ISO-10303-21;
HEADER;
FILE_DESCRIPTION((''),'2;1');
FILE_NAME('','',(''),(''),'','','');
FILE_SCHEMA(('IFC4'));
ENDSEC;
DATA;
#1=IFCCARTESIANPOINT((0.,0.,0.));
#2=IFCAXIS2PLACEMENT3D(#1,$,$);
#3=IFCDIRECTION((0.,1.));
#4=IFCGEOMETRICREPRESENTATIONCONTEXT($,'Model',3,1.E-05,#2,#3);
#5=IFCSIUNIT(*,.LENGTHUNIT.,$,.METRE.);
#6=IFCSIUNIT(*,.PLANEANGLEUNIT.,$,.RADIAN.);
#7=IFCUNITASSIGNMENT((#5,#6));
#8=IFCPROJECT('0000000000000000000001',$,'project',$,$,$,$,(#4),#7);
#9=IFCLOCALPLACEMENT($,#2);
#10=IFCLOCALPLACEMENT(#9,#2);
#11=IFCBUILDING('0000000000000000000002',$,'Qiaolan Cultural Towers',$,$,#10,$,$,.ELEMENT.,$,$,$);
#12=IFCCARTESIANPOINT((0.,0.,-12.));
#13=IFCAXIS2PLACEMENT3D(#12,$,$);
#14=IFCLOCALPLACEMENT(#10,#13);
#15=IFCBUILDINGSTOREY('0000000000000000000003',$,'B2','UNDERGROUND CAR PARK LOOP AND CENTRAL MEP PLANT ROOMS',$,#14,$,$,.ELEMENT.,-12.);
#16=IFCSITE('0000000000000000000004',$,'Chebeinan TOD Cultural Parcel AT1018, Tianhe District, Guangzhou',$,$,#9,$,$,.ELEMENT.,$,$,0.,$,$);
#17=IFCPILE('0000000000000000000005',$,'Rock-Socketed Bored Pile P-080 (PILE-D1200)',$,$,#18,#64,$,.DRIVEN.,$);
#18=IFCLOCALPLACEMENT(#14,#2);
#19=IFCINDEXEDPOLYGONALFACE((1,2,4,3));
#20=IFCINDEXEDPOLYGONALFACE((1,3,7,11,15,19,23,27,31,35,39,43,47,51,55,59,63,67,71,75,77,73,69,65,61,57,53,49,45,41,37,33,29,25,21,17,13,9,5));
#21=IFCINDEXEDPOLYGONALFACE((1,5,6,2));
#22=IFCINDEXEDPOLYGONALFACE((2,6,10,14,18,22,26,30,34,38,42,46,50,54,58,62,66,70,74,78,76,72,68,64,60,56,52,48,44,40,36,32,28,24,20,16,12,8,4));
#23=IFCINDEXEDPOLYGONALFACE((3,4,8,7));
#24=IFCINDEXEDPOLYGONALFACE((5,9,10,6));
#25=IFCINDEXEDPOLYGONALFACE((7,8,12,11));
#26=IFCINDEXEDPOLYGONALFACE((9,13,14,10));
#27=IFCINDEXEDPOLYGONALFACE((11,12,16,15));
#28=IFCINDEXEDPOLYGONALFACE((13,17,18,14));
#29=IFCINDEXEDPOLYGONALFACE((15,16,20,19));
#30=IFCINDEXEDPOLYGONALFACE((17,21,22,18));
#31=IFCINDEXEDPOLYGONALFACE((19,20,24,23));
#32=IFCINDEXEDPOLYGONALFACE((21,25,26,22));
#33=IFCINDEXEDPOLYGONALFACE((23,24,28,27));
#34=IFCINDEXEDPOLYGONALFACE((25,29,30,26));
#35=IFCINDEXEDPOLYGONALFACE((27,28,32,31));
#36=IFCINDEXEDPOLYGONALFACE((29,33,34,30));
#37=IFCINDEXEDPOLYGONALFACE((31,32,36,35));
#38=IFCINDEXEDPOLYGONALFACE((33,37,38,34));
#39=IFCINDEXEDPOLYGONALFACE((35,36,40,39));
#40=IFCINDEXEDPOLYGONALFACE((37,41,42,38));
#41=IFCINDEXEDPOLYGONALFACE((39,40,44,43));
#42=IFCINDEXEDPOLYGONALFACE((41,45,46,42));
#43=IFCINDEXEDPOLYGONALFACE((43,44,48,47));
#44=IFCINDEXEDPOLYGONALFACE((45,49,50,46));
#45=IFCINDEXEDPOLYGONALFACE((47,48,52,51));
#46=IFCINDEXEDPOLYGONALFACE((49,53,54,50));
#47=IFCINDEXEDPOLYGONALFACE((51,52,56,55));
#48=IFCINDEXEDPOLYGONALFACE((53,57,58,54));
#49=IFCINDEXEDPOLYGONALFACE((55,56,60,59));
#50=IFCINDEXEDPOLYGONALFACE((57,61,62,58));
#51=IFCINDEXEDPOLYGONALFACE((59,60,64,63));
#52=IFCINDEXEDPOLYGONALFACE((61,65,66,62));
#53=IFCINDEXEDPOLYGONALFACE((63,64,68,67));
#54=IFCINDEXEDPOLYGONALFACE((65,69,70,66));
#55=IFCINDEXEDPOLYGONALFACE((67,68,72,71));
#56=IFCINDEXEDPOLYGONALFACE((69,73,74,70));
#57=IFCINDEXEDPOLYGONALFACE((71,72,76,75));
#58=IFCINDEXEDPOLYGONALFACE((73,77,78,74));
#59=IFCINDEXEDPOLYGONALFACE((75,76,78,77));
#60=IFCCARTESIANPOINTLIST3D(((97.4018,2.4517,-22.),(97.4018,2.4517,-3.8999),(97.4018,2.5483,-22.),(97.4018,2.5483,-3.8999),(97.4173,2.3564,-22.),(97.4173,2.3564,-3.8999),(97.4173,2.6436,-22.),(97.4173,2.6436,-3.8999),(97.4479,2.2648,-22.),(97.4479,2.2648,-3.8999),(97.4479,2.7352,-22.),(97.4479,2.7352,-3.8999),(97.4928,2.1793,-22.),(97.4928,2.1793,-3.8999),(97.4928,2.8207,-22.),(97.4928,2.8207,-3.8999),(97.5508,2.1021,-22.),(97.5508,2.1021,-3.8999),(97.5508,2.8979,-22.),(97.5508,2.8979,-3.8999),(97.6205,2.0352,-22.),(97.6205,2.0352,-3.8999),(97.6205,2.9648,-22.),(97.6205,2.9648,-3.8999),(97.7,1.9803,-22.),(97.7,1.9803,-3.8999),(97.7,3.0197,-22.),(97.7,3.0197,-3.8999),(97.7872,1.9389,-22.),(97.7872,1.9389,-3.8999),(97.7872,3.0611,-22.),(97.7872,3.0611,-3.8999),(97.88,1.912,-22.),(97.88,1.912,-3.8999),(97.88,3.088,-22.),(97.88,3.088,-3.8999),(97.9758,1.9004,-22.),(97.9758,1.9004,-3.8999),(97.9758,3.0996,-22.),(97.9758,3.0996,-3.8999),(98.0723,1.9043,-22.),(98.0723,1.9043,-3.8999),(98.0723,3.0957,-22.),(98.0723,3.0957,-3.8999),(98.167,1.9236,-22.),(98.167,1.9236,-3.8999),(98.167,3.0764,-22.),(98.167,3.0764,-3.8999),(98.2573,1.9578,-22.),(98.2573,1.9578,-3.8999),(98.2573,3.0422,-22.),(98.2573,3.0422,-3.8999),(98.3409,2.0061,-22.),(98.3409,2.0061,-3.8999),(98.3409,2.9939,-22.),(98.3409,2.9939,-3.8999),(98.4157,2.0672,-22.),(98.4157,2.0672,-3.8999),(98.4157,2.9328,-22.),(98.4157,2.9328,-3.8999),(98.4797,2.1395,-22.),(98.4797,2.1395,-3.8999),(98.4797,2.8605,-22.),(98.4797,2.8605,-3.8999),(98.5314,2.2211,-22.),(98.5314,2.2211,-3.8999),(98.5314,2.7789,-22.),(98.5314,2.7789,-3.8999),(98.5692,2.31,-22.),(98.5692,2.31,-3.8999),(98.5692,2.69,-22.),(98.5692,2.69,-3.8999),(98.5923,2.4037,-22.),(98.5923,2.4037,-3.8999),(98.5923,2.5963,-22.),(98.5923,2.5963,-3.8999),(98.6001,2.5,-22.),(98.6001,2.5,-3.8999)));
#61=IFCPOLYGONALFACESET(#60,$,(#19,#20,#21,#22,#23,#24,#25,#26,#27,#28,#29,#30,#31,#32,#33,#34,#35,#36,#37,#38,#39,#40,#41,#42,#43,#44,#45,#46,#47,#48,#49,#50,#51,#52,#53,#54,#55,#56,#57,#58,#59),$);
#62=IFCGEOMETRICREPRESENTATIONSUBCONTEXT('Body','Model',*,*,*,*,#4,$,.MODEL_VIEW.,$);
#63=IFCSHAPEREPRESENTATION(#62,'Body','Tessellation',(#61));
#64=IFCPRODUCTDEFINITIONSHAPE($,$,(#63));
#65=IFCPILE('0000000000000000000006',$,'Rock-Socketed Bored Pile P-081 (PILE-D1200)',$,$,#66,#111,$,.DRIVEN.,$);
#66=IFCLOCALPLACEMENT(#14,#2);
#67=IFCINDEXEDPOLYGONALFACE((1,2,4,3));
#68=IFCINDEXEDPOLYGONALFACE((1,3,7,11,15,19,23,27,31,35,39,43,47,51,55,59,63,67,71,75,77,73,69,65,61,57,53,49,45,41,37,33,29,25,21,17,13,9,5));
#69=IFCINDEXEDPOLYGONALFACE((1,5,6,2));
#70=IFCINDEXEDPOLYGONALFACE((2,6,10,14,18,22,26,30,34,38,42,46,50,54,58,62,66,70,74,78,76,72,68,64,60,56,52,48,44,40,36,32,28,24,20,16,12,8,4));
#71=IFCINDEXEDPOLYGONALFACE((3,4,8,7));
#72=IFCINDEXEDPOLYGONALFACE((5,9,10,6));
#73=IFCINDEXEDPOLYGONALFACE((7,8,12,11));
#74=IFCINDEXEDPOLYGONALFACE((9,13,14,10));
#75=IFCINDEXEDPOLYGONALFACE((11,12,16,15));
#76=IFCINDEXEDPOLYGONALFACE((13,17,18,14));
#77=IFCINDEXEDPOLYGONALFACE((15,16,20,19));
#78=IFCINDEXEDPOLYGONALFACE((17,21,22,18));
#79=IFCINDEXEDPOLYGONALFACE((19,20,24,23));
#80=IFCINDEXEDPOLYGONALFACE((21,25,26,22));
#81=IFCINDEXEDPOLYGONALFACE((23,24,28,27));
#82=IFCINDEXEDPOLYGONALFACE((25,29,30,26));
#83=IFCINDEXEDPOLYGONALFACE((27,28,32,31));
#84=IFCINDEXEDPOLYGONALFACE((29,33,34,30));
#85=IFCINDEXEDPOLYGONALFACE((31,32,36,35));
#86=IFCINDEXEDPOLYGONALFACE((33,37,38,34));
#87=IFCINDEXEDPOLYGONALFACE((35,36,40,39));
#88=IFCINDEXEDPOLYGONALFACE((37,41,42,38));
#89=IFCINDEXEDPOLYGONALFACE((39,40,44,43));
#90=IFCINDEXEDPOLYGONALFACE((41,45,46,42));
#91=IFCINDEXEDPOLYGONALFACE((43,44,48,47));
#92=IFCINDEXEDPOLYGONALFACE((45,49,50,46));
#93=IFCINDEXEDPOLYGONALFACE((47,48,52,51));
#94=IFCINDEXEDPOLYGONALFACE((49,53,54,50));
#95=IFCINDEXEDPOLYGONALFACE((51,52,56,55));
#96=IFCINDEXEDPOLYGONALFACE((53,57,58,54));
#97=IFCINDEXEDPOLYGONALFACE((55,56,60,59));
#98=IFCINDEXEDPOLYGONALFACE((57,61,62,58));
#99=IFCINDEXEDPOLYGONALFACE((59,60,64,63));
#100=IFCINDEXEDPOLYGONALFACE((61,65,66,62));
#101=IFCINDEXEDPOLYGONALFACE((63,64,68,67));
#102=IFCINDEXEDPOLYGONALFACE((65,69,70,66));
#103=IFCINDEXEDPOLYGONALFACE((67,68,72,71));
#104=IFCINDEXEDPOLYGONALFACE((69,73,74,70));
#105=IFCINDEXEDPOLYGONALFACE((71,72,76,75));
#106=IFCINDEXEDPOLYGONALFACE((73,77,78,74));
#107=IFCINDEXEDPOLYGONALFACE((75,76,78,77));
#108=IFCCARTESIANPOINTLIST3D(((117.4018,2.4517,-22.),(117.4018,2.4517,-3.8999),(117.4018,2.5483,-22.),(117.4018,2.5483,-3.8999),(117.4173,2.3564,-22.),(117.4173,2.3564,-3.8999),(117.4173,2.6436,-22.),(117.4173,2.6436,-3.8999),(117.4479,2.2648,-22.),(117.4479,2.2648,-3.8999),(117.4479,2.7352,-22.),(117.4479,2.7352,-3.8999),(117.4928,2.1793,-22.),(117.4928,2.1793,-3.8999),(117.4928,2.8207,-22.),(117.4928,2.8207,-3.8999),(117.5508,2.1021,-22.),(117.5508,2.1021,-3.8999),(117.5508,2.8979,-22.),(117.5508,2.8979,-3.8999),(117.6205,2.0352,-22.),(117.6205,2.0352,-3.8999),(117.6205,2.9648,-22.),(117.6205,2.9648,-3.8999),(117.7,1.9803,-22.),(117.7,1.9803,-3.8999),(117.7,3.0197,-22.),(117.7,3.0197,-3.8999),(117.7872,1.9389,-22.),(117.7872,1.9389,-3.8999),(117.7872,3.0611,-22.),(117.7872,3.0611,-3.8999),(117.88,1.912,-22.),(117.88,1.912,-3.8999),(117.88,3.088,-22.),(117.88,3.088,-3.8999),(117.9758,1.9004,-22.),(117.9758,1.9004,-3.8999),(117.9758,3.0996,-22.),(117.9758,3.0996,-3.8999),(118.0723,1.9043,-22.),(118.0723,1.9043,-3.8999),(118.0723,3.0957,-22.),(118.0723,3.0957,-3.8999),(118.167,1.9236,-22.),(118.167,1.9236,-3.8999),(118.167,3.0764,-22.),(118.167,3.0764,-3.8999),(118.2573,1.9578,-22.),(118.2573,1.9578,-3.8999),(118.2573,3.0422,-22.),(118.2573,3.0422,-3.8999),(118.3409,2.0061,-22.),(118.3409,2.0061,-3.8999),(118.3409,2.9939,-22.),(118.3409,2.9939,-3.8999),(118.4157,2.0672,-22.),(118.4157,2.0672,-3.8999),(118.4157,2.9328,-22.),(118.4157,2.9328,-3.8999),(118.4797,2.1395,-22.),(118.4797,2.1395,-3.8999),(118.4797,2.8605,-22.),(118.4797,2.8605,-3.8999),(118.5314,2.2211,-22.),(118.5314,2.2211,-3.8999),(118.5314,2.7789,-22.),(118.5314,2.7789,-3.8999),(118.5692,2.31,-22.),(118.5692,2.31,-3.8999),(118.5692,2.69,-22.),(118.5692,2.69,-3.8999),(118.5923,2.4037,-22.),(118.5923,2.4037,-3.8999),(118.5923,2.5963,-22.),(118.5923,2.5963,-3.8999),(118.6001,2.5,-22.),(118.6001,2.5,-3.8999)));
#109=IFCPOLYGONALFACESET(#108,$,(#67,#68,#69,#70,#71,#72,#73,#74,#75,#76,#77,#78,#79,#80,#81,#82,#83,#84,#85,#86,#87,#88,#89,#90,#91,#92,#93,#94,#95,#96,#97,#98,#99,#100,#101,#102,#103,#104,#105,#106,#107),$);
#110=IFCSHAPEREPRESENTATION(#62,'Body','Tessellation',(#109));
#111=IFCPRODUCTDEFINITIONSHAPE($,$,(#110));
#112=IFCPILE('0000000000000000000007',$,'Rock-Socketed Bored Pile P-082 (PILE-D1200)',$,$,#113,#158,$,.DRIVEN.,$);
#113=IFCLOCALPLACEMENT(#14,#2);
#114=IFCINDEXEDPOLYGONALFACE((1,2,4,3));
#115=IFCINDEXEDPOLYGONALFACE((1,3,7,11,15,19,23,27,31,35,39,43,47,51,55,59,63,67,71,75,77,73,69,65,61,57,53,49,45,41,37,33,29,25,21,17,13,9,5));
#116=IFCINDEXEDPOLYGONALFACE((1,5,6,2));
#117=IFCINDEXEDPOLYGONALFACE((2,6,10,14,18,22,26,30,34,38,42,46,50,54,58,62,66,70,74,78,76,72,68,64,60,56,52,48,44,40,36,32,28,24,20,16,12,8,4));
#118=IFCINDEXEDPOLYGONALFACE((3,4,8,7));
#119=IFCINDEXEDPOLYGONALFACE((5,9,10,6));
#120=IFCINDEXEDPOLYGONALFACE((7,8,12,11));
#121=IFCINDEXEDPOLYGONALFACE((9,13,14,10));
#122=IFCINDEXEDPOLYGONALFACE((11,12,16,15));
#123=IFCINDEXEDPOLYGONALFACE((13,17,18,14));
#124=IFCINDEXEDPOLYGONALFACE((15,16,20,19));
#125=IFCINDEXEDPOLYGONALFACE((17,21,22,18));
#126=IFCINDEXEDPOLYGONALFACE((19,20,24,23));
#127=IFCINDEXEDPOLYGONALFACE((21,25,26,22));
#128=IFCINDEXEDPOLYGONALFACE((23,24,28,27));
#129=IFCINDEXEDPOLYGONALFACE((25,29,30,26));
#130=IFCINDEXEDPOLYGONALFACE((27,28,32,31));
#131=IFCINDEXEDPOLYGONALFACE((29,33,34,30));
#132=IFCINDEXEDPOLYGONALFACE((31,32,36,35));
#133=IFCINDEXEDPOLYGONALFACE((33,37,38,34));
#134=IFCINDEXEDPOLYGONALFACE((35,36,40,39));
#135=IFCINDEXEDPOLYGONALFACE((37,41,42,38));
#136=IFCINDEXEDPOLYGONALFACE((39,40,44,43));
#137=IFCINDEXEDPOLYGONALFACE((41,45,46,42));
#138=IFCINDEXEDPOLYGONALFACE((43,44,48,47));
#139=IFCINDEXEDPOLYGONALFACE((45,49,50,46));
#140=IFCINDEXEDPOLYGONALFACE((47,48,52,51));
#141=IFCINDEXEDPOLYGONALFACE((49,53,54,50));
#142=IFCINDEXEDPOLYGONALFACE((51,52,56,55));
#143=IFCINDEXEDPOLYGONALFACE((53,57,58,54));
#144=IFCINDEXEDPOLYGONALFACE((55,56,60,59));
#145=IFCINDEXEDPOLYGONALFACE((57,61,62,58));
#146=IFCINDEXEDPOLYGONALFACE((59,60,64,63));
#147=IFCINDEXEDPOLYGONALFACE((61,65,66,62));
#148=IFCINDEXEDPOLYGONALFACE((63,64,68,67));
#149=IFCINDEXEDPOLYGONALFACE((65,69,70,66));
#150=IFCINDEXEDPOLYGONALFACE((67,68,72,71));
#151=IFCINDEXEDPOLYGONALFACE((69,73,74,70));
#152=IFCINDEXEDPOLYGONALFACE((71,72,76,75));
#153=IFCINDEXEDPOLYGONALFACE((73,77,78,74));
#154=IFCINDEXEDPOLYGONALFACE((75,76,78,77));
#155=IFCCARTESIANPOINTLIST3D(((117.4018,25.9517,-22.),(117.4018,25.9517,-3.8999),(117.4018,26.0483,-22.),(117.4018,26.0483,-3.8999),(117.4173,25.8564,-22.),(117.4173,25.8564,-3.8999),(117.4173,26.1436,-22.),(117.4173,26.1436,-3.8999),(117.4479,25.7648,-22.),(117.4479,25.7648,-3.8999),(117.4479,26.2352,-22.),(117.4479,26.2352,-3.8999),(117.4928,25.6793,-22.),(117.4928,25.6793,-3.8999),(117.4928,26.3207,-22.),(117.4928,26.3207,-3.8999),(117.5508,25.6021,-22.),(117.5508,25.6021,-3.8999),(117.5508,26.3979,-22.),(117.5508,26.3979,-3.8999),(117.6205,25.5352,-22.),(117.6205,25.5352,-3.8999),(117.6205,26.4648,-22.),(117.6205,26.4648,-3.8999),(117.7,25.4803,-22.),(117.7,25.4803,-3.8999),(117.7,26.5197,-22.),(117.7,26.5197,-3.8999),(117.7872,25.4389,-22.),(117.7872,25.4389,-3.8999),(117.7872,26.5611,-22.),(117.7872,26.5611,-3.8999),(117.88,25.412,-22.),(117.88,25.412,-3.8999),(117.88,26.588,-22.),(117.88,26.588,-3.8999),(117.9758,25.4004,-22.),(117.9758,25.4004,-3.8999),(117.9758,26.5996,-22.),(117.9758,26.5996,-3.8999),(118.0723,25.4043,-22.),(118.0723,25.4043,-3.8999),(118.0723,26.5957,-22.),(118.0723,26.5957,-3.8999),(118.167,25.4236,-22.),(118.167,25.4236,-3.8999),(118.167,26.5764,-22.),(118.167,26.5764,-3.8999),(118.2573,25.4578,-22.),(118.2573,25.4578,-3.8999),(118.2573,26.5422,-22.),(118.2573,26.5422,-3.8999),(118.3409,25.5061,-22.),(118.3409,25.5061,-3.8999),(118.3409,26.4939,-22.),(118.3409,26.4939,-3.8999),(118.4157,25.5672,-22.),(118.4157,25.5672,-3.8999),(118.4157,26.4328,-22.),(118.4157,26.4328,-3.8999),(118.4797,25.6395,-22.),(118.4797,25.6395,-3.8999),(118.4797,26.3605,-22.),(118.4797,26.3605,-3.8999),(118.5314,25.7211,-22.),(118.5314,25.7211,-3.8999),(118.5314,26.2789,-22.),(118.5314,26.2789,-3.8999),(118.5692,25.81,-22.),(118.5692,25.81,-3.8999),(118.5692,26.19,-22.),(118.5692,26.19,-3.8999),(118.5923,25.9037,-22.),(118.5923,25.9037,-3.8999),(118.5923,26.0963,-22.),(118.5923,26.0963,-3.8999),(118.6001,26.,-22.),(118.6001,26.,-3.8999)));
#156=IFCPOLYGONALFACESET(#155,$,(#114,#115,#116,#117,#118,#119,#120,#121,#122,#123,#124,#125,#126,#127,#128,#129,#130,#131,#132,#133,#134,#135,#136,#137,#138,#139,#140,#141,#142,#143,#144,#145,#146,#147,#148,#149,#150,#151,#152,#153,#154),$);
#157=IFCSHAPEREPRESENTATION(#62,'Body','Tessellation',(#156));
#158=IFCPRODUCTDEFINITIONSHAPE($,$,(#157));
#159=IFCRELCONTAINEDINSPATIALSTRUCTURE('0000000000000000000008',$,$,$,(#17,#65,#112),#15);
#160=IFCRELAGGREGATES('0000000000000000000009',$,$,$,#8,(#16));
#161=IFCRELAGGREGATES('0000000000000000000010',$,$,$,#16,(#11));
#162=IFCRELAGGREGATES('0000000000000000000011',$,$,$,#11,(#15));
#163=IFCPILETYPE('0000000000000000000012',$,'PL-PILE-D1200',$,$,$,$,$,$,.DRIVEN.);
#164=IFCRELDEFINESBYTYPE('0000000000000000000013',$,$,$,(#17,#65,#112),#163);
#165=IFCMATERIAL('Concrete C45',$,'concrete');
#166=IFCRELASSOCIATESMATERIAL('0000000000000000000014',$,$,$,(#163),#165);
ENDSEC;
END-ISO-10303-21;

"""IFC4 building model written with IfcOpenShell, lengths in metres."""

from ifc_helpers import new_model, si_unit, direction, frame, origin, origin_2d, place, context, subcontext, project, spatial, circle, extrude, material, material_profile, profile_set, type_object, element, save


model = new_model("IFC4")

# Units and contexts
model_context = context("Model", 3, precision=1e-05, world=origin(), true_north=direction((0.0, 1.0)))
body_context = subcontext(model_context, "Body", "Model", "MODEL_VIEW")
ifc_project = project(units=[si_unit("LENGTHUNIT", "METRE"), si_unit("PLANEANGLEUNIT", "RADIAN")], contexts=[model_context])

# Site, building, storey
site_placement = place(None, origin())
site = spatial("IfcSite", under=ifc_project, at=site_placement, Name="Chebeinan TOD Cultural Parcel AT1018, Tianhe District, Guangzhou", CompositionType="ELEMENT", RefElevation=0.0)
building_placement = place(site_placement, origin())
building = spatial("IfcBuilding", under=site, at=building_placement, Name="Qiaolan Cultural Towers", CompositionType="ELEMENT")
storey_placement = place(building_placement, frame((0.0, 0.0, -12.0)))
storey = spatial("IfcBuildingStorey", under=building, at=storey_placement, Name="B2", Description="UNDERGROUND CAR PARK LOOP AND CENTRAL MEP PLANT ROOMS", CompositionType="ELEMENT", Elevation=-12.0)

# Piles
ifc_material_1 = material(Name="Concrete C45", Category="concrete")
ifc_material_profile_1 = material_profile(ifc_material_1, circle(Radius=0.6001, at=origin_2d()), Name="PILE-D1200")
ifc_profile_set_1 = profile_set([ifc_material_profile_1], Name="Concrete C45")
pile_type_1 = type_object("IfcPileType", Name="PL-PILE-D1200", PredefinedType="DRIVEN", material=ifc_profile_set_1)
for number, where, z_axis, x_axis, name in (
    (1, (98.0, 2.5, -3.8999), (0.0, 0.0, -1.0), (1.0, 0.0, 0.0), "Rock-Socketed Bored Pile P-080 (PILE-D1200)"),
    (2, (118.0, 2.5, -3.8999), (0.0, 0.0, -1.0), (1.0, 0.0, 0.0), "Rock-Socketed Bored Pile P-081 (PILE-D1200)"),
    (3, (118.0, 26.0, -3.8999), (0.0, 0.0, -1.0), (1.0, 0.0, 0.0), "Rock-Socketed Bored Pile P-082 (PILE-D1200)"),
):
    element("IfcPile", number, at=place(storey_placement, frame(where, z_axis=z_axis, x_axis=x_axis)), inside=storey, type_object=pile_type_1, Name=name, PredefinedType="DRIVEN", context=body_context, shape_type="SweptSolid", body=[
        extrude(circle(Radius=0.6001, at=origin_2d()), origin(), (0.0, 0.0, 1.0), 18.1001),
    ])

save(model, "model.ifc")
